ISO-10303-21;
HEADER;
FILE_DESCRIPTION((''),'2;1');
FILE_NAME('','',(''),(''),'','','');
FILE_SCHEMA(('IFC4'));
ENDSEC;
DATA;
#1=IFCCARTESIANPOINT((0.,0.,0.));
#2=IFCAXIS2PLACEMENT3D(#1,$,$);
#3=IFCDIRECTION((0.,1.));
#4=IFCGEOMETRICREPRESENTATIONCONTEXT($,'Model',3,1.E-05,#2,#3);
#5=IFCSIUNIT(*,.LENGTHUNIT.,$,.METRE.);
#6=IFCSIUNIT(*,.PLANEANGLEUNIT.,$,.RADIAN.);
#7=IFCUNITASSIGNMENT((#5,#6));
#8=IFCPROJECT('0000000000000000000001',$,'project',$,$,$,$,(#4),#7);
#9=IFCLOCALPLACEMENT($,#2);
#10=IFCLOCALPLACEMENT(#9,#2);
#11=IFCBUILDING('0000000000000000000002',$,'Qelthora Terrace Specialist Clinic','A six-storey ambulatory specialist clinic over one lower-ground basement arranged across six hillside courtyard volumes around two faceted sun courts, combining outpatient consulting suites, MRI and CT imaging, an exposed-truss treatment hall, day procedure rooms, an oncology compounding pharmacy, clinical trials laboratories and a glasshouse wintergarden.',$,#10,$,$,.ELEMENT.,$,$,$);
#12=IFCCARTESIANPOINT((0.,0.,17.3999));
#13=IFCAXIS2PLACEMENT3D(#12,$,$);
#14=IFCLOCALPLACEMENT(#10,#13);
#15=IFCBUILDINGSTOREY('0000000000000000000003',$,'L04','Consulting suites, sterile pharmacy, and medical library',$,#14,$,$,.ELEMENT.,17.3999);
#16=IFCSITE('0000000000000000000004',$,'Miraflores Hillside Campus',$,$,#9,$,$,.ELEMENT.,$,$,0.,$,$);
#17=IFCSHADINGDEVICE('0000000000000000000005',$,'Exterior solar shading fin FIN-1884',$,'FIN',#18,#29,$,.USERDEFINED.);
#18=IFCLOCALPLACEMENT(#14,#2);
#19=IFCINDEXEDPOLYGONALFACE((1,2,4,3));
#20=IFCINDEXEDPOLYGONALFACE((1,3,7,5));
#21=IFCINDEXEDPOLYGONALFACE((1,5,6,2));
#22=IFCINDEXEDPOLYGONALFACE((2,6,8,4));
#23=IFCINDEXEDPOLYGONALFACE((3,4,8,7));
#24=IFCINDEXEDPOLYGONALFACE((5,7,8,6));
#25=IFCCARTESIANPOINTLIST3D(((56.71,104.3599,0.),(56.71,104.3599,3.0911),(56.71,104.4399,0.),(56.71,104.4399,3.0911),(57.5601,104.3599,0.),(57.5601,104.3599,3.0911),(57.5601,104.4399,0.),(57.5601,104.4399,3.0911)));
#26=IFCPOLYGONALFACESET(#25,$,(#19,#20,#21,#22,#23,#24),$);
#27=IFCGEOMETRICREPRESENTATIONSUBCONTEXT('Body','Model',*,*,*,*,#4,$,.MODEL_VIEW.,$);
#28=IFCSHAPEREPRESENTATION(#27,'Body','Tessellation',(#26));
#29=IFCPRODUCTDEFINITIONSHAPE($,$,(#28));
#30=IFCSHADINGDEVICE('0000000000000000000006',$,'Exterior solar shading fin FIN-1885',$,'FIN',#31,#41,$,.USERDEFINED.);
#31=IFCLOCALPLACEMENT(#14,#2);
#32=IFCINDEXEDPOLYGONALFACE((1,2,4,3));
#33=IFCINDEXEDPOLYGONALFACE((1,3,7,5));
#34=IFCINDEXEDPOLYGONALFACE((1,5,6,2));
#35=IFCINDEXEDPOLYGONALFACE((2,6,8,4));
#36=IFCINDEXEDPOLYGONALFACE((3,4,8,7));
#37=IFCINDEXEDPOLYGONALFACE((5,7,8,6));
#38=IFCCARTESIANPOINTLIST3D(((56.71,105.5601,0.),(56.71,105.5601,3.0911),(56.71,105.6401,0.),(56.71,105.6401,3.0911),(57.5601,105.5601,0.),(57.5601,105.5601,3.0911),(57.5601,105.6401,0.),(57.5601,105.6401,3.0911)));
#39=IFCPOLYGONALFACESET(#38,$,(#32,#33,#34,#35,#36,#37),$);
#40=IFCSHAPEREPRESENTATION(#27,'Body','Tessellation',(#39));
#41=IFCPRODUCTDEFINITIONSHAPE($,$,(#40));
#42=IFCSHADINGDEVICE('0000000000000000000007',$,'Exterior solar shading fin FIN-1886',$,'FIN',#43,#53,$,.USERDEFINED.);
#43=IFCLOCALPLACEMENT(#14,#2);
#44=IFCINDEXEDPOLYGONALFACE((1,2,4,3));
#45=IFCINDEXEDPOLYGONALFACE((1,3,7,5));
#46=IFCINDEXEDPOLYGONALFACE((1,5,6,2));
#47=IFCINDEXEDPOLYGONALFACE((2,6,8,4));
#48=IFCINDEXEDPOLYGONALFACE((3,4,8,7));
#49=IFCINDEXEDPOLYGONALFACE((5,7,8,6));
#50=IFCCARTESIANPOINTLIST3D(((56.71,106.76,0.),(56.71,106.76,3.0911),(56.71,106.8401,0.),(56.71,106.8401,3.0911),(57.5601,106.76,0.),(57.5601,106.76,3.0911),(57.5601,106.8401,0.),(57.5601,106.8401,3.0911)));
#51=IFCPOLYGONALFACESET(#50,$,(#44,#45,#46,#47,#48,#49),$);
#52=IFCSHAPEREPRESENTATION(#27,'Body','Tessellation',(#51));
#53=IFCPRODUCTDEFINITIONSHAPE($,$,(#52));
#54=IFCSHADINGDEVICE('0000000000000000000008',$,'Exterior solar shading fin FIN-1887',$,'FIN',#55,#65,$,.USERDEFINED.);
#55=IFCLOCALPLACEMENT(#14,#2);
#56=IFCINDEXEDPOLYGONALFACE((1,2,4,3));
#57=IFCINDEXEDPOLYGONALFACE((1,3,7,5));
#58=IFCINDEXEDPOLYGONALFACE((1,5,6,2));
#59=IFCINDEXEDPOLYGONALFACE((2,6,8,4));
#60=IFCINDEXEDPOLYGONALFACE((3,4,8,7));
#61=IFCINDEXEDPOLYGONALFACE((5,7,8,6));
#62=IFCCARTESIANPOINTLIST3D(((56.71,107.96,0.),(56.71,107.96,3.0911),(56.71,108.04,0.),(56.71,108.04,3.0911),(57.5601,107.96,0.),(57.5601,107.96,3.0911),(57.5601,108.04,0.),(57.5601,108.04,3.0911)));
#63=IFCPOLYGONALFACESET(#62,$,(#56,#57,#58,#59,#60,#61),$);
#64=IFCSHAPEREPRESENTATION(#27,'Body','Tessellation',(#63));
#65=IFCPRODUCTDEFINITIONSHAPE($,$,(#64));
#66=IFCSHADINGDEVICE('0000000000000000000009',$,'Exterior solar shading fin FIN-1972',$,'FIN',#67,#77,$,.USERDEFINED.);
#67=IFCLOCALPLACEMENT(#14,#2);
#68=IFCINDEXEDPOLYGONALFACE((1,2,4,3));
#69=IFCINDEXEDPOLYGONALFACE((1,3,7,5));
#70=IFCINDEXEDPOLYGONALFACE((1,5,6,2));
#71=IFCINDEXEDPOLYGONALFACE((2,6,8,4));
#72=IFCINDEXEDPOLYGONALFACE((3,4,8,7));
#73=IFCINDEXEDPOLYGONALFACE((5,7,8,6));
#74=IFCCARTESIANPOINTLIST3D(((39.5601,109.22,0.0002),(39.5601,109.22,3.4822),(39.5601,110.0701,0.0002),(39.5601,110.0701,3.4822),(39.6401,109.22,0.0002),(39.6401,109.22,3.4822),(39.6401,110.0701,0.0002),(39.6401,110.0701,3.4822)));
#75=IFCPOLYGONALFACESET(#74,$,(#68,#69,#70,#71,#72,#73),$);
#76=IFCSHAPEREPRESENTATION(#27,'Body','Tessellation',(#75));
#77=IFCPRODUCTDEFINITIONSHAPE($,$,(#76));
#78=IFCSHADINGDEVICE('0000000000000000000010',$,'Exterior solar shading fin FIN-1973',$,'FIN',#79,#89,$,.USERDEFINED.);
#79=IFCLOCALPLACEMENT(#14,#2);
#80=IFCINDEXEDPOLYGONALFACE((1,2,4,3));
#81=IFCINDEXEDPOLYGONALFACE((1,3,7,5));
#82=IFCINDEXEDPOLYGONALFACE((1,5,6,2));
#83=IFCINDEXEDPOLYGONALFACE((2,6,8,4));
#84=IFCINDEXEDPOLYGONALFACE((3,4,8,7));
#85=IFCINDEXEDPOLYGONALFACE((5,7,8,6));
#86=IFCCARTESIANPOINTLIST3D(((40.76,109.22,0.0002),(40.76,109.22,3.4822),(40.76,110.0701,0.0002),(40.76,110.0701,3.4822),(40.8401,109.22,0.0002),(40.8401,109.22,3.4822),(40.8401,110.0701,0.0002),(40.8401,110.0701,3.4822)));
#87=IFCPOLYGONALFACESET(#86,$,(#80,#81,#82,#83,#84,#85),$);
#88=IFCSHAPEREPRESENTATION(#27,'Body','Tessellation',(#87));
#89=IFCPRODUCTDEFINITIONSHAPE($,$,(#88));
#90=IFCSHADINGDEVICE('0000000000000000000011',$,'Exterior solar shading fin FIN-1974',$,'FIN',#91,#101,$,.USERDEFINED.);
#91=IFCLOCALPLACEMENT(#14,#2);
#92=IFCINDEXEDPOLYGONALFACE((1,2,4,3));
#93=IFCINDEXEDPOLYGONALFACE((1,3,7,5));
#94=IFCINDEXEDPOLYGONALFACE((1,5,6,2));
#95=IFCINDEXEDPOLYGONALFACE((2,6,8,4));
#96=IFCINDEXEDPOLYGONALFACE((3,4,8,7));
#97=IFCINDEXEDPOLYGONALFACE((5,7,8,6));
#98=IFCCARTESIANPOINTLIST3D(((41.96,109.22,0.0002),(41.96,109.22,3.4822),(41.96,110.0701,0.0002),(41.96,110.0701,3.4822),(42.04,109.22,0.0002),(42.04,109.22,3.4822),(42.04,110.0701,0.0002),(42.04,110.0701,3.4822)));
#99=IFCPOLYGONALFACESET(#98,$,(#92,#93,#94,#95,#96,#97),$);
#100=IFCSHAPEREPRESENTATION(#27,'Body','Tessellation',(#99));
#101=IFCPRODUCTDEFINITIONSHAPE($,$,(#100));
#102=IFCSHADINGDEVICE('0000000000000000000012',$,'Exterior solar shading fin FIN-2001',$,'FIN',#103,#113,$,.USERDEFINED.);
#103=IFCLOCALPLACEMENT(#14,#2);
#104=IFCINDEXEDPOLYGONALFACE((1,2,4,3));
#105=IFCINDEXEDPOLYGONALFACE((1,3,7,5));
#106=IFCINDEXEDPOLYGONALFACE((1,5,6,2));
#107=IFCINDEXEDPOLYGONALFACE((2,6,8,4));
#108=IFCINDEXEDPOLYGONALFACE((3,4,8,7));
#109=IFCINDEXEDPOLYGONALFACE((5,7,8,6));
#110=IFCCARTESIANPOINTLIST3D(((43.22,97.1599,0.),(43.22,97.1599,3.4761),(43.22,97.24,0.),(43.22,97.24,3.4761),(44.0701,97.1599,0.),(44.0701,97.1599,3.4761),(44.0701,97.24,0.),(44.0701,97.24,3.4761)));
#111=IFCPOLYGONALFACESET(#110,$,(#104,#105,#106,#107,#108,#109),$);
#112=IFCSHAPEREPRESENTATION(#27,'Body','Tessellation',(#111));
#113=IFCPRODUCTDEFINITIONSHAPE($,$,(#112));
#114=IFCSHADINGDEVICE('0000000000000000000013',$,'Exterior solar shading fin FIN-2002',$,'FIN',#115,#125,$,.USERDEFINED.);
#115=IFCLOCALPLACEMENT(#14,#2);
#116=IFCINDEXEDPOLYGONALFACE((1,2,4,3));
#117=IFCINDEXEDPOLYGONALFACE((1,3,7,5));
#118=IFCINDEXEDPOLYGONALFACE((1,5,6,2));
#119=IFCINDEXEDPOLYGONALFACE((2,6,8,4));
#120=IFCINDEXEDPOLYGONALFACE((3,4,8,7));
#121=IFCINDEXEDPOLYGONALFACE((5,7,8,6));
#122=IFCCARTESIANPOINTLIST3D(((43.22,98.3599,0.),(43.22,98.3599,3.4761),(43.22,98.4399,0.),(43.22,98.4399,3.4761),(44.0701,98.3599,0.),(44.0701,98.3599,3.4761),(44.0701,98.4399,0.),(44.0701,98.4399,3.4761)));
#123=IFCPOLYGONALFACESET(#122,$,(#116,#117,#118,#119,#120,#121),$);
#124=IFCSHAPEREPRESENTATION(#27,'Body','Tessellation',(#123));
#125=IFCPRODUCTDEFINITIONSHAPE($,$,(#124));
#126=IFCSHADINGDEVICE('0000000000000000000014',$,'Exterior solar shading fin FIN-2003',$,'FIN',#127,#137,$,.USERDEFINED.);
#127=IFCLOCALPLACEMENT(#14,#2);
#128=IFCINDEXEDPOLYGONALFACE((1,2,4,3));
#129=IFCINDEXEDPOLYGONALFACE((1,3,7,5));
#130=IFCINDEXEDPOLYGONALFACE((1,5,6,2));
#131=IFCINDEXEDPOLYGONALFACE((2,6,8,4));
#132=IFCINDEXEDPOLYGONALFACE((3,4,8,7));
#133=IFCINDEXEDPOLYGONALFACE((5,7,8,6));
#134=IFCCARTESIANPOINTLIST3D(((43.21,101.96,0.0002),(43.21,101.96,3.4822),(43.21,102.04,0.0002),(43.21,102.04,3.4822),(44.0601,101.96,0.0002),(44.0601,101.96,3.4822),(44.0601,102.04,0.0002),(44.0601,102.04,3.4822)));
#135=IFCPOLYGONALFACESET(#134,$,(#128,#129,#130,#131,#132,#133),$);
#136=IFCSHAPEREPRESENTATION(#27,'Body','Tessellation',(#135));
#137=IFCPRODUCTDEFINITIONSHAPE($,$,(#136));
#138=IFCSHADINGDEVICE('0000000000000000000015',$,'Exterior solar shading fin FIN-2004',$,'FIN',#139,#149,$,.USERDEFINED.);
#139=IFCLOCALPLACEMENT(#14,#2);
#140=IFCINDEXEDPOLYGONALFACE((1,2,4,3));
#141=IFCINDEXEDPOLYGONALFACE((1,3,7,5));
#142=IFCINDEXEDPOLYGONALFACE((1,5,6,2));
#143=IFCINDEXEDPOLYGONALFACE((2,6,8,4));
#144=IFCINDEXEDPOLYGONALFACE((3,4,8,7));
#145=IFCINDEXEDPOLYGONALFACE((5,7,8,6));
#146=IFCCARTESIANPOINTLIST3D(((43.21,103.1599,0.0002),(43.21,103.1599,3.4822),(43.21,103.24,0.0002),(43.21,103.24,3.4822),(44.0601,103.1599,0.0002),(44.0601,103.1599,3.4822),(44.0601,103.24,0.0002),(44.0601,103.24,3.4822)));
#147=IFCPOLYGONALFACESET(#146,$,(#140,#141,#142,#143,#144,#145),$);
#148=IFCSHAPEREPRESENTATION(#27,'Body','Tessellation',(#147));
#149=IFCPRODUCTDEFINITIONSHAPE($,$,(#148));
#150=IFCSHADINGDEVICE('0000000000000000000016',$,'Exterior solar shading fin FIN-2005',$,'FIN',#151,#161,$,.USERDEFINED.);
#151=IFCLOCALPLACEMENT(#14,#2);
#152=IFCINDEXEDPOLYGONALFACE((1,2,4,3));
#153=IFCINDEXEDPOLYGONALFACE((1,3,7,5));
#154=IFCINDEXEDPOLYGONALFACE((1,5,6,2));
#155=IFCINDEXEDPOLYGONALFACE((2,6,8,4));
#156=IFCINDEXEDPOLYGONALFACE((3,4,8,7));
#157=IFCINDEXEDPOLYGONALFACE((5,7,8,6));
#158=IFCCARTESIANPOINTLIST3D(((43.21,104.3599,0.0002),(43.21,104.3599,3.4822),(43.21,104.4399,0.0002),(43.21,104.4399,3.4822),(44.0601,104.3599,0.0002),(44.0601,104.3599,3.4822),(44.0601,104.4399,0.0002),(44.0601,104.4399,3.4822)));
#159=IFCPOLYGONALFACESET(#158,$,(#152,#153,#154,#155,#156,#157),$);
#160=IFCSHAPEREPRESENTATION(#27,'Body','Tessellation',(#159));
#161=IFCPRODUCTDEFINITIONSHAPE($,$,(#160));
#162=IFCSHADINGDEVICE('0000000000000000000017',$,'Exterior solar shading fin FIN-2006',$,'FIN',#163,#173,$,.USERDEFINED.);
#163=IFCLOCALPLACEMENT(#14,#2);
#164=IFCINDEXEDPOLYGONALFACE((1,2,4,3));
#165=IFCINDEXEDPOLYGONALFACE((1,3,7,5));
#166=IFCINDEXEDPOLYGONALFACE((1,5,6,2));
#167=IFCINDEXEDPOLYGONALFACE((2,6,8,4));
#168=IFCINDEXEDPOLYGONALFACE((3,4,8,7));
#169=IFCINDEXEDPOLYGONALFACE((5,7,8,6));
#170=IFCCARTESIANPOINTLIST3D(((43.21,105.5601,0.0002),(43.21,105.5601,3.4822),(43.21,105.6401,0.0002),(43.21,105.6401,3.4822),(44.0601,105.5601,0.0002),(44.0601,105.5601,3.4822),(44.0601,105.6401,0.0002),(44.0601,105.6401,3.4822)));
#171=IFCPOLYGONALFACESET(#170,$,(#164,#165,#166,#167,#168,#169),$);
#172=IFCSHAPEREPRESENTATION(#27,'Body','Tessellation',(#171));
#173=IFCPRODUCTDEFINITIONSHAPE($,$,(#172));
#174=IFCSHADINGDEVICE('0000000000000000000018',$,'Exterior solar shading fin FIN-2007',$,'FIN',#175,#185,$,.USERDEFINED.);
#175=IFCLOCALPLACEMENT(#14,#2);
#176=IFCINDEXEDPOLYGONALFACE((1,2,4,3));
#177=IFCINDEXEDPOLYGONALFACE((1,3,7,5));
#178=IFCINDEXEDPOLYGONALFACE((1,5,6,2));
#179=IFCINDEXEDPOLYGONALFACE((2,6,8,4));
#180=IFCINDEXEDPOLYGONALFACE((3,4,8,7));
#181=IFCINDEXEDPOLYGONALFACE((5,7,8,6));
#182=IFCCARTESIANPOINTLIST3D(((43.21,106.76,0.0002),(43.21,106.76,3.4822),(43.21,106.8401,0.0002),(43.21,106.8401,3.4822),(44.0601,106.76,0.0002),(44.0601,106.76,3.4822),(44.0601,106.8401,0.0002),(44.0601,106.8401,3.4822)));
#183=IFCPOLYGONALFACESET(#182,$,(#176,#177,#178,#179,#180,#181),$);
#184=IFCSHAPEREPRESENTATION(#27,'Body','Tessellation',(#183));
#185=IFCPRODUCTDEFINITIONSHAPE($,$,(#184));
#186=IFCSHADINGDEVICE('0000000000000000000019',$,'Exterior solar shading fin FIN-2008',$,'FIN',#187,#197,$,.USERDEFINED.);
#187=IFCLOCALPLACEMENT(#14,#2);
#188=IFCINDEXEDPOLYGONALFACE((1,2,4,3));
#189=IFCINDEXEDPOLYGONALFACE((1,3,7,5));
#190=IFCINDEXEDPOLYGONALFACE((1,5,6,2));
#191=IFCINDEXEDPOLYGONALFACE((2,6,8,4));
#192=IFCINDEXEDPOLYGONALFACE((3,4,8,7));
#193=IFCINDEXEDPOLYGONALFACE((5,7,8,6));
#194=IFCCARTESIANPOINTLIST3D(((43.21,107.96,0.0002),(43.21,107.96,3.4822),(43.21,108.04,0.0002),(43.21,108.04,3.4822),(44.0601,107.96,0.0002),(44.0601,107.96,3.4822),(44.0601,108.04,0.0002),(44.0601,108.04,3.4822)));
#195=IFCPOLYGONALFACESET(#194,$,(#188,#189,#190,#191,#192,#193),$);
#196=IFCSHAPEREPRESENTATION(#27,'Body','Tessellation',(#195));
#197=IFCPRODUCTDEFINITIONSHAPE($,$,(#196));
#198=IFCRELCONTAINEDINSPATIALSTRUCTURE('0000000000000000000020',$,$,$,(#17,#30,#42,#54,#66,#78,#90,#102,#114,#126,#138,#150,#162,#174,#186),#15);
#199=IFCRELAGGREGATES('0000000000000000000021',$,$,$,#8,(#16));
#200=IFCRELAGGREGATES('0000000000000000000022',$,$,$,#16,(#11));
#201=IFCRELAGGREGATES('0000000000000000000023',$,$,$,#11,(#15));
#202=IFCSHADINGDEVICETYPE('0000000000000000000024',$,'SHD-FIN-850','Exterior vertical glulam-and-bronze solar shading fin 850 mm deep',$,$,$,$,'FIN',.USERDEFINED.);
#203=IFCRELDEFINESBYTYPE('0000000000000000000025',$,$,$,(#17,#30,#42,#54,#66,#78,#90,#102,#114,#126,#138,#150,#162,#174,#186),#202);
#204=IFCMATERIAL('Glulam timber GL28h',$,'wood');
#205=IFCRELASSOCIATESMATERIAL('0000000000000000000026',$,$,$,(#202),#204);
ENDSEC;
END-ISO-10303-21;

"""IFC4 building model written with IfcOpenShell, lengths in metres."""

from ifc_helpers import new_model, si_unit, direction, frame, origin, origin_2d, place, context, subcontext, project, spatial, rectangle, extrude, material, type_object, element, save


model = new_model("IFC4")

# Units and contexts
model_context = context("Model", 3, precision=1e-05, world=origin(), true_north=direction((0.0, 1.0)))
body_context = subcontext(model_context, "Body", "Model", "MODEL_VIEW")
ifc_project = project(units=[si_unit("LENGTHUNIT", "METRE"), si_unit("PLANEANGLEUNIT", "RADIAN")], contexts=[model_context])

# Site, building, storey
site_placement = place(None, origin())
site = spatial("IfcSite", under=ifc_project, at=site_placement, Name="Miraflores Hillside Campus", CompositionType="ELEMENT", RefElevation=0.0)
building_placement = place(site_placement, origin())
building = spatial("IfcBuilding", under=site, at=building_placement, Name="Qelthora Terrace Specialist Clinic", Description="A six-storey ambulatory specialist clinic over one lower-ground basement arranged across six hillside courtyard volumes around two faceted sun courts, combining outpatient consulting suites, MRI and CT imaging, an exposed-truss treatment hall, day procedure rooms, an oncology compounding pharmacy, clinical trials laboratories and a glasshouse wintergarden.", CompositionType="ELEMENT")
storey_placement = place(building_placement, frame((0.0, 0.0, 17.3999)))
storey = spatial("IfcBuildingStorey", under=building, at=storey_placement, Name="L04", Description="Consulting suites, sterile pharmacy, and medical library", CompositionType="ELEMENT", Elevation=17.3999)

# Shading devices
ifc_material_1 = material(Name="Glulam timber GL28h", Category="wood")
shading_device_type = type_object("IfcShadingDeviceType", Name="SHD-FIN-850", Description="Exterior vertical glulam-and-bronze solar shading fin 850 mm deep", ElementType="FIN", PredefinedType="USERDEFINED", material=ifc_material_1)
for number, where, z_axis, x_axis, name in (
    (1, (57.135, 104.3999, 0.0), (0.0, 0.0, 1.0), (-1.0, 0.0, 0.0), "Exterior solar shading fin FIN-1884"),
    (2, (57.135, 105.6001, 0.0), (0.0, 0.0, 1.0), (-1.0, 0.0, 0.0), "Exterior solar shading fin FIN-1885"),
    (3, (57.135, 106.8, 0.0), (0.0, 0.0, 1.0), (-1.0, 0.0, 0.0), "Exterior solar shading fin FIN-1886"),
    (4, (57.135, 108.0, 0.0), (0.0, 0.0, 1.0), (-1.0, 0.0, 0.0), "Exterior solar shading fin FIN-1887"),
):
    element("IfcShadingDevice", number, at=place(storey_placement, frame(where, z_axis=z_axis, x_axis=x_axis)), inside=storey, type_object=shading_device_type, Name=name, ObjectType="FIN", PredefinedType="USERDEFINED", context=body_context, shape_type="SweptSolid", body=[
        extrude(rectangle(XDim=0.8501, YDim=0.0801, at=origin_2d()), origin(), (0.0, 0.0, 1.0), 3.0911),
    ])
for number, where, z_axis, x_axis, name in (
    (5, (39.6001, 109.645, 0.0002), (0.0, 0.0, 1.0), (0.0, 1.0, 0.0), "Exterior solar shading fin FIN-1972"),
    (6, (40.8, 109.645, 0.0002), (0.0, 0.0, 1.0), (0.0, 1.0, 0.0), "Exterior solar shading fin FIN-1973"),
    (7, (42.0, 109.645, 0.0002), (0.0, 0.0, 1.0), (0.0, 1.0, 0.0), "Exterior solar shading fin FIN-1974"),
):
    element("IfcShadingDevice", number, at=place(storey_placement, frame(where, z_axis=z_axis, x_axis=x_axis)), inside=storey, type_object=shading_device_type, Name=name, ObjectType="FIN", PredefinedType="USERDEFINED", context=body_context, shape_type="SweptSolid", body=[
        extrude(rectangle(XDim=0.8501, YDim=0.0801, at=origin_2d()), origin(), (0.0, 0.0, 1.0), 3.4819),
    ])
for number, where, z_axis, x_axis, name in (
    (8, (43.645, 97.2, 0.0), (0.0, 0.0, 1.0), (1.0, 0.0, 0.0), "Exterior solar shading fin FIN-2001"),
    (9, (43.645, 98.3999, 0.0), (0.0, 0.0, 1.0), (1.0, 0.0, 0.0), "Exterior solar shading fin FIN-2002"),
):
    element("IfcShadingDevice", number, at=place(storey_placement, frame(where, z_axis=z_axis, x_axis=x_axis)), inside=storey, type_object=shading_device_type, Name=name, ObjectType="FIN", PredefinedType="USERDEFINED", context=body_context, shape_type="SweptSolid", body=[
        extrude(rectangle(XDim=0.8501, YDim=0.0801, at=origin_2d()), origin(), (0.0, 0.0, 1.0), 3.4761),
    ])
for number, where, z_axis, x_axis, name in (
    (10, (43.635, 102.0, 0.0002), (0.0, 0.0, 1.0), (1.0, 0.0, 0.0), "Exterior solar shading fin FIN-2003"),
    (11, (43.635, 103.2, 0.0002), (0.0, 0.0, 1.0), (1.0, 0.0, 0.0), "Exterior solar shading fin FIN-2004"),
    (12, (43.635, 104.3999, 0.0002), (0.0, 0.0, 1.0), (1.0, 0.0, 0.0), "Exterior solar shading fin FIN-2005"),
    (13, (43.635, 105.6001, 0.0002), (0.0, 0.0, 1.0), (1.0, 0.0, 0.0), "Exterior solar shading fin FIN-2006"),
    (14, (43.635, 106.8, 0.0002), (0.0, 0.0, 1.0), (1.0, 0.0, 0.0), "Exterior solar shading fin FIN-2007"),
    (15, (43.635, 108.0, 0.0002), (0.0, 0.0, 1.0), (1.0, 0.0, 0.0), "Exterior solar shading fin FIN-2008"),
):
    element("IfcShadingDevice", number, at=place(storey_placement, frame(where, z_axis=z_axis, x_axis=x_axis)), inside=storey, type_object=shading_device_type, Name=name, ObjectType="FIN", PredefinedType="USERDEFINED", context=body_context, shape_type="SweptSolid", body=[
        extrude(rectangle(XDim=0.8501, YDim=0.0801, at=origin_2d()), origin(), (0.0, 0.0, 1.0), 3.4819),
    ])

save(model, "model.ifc")
